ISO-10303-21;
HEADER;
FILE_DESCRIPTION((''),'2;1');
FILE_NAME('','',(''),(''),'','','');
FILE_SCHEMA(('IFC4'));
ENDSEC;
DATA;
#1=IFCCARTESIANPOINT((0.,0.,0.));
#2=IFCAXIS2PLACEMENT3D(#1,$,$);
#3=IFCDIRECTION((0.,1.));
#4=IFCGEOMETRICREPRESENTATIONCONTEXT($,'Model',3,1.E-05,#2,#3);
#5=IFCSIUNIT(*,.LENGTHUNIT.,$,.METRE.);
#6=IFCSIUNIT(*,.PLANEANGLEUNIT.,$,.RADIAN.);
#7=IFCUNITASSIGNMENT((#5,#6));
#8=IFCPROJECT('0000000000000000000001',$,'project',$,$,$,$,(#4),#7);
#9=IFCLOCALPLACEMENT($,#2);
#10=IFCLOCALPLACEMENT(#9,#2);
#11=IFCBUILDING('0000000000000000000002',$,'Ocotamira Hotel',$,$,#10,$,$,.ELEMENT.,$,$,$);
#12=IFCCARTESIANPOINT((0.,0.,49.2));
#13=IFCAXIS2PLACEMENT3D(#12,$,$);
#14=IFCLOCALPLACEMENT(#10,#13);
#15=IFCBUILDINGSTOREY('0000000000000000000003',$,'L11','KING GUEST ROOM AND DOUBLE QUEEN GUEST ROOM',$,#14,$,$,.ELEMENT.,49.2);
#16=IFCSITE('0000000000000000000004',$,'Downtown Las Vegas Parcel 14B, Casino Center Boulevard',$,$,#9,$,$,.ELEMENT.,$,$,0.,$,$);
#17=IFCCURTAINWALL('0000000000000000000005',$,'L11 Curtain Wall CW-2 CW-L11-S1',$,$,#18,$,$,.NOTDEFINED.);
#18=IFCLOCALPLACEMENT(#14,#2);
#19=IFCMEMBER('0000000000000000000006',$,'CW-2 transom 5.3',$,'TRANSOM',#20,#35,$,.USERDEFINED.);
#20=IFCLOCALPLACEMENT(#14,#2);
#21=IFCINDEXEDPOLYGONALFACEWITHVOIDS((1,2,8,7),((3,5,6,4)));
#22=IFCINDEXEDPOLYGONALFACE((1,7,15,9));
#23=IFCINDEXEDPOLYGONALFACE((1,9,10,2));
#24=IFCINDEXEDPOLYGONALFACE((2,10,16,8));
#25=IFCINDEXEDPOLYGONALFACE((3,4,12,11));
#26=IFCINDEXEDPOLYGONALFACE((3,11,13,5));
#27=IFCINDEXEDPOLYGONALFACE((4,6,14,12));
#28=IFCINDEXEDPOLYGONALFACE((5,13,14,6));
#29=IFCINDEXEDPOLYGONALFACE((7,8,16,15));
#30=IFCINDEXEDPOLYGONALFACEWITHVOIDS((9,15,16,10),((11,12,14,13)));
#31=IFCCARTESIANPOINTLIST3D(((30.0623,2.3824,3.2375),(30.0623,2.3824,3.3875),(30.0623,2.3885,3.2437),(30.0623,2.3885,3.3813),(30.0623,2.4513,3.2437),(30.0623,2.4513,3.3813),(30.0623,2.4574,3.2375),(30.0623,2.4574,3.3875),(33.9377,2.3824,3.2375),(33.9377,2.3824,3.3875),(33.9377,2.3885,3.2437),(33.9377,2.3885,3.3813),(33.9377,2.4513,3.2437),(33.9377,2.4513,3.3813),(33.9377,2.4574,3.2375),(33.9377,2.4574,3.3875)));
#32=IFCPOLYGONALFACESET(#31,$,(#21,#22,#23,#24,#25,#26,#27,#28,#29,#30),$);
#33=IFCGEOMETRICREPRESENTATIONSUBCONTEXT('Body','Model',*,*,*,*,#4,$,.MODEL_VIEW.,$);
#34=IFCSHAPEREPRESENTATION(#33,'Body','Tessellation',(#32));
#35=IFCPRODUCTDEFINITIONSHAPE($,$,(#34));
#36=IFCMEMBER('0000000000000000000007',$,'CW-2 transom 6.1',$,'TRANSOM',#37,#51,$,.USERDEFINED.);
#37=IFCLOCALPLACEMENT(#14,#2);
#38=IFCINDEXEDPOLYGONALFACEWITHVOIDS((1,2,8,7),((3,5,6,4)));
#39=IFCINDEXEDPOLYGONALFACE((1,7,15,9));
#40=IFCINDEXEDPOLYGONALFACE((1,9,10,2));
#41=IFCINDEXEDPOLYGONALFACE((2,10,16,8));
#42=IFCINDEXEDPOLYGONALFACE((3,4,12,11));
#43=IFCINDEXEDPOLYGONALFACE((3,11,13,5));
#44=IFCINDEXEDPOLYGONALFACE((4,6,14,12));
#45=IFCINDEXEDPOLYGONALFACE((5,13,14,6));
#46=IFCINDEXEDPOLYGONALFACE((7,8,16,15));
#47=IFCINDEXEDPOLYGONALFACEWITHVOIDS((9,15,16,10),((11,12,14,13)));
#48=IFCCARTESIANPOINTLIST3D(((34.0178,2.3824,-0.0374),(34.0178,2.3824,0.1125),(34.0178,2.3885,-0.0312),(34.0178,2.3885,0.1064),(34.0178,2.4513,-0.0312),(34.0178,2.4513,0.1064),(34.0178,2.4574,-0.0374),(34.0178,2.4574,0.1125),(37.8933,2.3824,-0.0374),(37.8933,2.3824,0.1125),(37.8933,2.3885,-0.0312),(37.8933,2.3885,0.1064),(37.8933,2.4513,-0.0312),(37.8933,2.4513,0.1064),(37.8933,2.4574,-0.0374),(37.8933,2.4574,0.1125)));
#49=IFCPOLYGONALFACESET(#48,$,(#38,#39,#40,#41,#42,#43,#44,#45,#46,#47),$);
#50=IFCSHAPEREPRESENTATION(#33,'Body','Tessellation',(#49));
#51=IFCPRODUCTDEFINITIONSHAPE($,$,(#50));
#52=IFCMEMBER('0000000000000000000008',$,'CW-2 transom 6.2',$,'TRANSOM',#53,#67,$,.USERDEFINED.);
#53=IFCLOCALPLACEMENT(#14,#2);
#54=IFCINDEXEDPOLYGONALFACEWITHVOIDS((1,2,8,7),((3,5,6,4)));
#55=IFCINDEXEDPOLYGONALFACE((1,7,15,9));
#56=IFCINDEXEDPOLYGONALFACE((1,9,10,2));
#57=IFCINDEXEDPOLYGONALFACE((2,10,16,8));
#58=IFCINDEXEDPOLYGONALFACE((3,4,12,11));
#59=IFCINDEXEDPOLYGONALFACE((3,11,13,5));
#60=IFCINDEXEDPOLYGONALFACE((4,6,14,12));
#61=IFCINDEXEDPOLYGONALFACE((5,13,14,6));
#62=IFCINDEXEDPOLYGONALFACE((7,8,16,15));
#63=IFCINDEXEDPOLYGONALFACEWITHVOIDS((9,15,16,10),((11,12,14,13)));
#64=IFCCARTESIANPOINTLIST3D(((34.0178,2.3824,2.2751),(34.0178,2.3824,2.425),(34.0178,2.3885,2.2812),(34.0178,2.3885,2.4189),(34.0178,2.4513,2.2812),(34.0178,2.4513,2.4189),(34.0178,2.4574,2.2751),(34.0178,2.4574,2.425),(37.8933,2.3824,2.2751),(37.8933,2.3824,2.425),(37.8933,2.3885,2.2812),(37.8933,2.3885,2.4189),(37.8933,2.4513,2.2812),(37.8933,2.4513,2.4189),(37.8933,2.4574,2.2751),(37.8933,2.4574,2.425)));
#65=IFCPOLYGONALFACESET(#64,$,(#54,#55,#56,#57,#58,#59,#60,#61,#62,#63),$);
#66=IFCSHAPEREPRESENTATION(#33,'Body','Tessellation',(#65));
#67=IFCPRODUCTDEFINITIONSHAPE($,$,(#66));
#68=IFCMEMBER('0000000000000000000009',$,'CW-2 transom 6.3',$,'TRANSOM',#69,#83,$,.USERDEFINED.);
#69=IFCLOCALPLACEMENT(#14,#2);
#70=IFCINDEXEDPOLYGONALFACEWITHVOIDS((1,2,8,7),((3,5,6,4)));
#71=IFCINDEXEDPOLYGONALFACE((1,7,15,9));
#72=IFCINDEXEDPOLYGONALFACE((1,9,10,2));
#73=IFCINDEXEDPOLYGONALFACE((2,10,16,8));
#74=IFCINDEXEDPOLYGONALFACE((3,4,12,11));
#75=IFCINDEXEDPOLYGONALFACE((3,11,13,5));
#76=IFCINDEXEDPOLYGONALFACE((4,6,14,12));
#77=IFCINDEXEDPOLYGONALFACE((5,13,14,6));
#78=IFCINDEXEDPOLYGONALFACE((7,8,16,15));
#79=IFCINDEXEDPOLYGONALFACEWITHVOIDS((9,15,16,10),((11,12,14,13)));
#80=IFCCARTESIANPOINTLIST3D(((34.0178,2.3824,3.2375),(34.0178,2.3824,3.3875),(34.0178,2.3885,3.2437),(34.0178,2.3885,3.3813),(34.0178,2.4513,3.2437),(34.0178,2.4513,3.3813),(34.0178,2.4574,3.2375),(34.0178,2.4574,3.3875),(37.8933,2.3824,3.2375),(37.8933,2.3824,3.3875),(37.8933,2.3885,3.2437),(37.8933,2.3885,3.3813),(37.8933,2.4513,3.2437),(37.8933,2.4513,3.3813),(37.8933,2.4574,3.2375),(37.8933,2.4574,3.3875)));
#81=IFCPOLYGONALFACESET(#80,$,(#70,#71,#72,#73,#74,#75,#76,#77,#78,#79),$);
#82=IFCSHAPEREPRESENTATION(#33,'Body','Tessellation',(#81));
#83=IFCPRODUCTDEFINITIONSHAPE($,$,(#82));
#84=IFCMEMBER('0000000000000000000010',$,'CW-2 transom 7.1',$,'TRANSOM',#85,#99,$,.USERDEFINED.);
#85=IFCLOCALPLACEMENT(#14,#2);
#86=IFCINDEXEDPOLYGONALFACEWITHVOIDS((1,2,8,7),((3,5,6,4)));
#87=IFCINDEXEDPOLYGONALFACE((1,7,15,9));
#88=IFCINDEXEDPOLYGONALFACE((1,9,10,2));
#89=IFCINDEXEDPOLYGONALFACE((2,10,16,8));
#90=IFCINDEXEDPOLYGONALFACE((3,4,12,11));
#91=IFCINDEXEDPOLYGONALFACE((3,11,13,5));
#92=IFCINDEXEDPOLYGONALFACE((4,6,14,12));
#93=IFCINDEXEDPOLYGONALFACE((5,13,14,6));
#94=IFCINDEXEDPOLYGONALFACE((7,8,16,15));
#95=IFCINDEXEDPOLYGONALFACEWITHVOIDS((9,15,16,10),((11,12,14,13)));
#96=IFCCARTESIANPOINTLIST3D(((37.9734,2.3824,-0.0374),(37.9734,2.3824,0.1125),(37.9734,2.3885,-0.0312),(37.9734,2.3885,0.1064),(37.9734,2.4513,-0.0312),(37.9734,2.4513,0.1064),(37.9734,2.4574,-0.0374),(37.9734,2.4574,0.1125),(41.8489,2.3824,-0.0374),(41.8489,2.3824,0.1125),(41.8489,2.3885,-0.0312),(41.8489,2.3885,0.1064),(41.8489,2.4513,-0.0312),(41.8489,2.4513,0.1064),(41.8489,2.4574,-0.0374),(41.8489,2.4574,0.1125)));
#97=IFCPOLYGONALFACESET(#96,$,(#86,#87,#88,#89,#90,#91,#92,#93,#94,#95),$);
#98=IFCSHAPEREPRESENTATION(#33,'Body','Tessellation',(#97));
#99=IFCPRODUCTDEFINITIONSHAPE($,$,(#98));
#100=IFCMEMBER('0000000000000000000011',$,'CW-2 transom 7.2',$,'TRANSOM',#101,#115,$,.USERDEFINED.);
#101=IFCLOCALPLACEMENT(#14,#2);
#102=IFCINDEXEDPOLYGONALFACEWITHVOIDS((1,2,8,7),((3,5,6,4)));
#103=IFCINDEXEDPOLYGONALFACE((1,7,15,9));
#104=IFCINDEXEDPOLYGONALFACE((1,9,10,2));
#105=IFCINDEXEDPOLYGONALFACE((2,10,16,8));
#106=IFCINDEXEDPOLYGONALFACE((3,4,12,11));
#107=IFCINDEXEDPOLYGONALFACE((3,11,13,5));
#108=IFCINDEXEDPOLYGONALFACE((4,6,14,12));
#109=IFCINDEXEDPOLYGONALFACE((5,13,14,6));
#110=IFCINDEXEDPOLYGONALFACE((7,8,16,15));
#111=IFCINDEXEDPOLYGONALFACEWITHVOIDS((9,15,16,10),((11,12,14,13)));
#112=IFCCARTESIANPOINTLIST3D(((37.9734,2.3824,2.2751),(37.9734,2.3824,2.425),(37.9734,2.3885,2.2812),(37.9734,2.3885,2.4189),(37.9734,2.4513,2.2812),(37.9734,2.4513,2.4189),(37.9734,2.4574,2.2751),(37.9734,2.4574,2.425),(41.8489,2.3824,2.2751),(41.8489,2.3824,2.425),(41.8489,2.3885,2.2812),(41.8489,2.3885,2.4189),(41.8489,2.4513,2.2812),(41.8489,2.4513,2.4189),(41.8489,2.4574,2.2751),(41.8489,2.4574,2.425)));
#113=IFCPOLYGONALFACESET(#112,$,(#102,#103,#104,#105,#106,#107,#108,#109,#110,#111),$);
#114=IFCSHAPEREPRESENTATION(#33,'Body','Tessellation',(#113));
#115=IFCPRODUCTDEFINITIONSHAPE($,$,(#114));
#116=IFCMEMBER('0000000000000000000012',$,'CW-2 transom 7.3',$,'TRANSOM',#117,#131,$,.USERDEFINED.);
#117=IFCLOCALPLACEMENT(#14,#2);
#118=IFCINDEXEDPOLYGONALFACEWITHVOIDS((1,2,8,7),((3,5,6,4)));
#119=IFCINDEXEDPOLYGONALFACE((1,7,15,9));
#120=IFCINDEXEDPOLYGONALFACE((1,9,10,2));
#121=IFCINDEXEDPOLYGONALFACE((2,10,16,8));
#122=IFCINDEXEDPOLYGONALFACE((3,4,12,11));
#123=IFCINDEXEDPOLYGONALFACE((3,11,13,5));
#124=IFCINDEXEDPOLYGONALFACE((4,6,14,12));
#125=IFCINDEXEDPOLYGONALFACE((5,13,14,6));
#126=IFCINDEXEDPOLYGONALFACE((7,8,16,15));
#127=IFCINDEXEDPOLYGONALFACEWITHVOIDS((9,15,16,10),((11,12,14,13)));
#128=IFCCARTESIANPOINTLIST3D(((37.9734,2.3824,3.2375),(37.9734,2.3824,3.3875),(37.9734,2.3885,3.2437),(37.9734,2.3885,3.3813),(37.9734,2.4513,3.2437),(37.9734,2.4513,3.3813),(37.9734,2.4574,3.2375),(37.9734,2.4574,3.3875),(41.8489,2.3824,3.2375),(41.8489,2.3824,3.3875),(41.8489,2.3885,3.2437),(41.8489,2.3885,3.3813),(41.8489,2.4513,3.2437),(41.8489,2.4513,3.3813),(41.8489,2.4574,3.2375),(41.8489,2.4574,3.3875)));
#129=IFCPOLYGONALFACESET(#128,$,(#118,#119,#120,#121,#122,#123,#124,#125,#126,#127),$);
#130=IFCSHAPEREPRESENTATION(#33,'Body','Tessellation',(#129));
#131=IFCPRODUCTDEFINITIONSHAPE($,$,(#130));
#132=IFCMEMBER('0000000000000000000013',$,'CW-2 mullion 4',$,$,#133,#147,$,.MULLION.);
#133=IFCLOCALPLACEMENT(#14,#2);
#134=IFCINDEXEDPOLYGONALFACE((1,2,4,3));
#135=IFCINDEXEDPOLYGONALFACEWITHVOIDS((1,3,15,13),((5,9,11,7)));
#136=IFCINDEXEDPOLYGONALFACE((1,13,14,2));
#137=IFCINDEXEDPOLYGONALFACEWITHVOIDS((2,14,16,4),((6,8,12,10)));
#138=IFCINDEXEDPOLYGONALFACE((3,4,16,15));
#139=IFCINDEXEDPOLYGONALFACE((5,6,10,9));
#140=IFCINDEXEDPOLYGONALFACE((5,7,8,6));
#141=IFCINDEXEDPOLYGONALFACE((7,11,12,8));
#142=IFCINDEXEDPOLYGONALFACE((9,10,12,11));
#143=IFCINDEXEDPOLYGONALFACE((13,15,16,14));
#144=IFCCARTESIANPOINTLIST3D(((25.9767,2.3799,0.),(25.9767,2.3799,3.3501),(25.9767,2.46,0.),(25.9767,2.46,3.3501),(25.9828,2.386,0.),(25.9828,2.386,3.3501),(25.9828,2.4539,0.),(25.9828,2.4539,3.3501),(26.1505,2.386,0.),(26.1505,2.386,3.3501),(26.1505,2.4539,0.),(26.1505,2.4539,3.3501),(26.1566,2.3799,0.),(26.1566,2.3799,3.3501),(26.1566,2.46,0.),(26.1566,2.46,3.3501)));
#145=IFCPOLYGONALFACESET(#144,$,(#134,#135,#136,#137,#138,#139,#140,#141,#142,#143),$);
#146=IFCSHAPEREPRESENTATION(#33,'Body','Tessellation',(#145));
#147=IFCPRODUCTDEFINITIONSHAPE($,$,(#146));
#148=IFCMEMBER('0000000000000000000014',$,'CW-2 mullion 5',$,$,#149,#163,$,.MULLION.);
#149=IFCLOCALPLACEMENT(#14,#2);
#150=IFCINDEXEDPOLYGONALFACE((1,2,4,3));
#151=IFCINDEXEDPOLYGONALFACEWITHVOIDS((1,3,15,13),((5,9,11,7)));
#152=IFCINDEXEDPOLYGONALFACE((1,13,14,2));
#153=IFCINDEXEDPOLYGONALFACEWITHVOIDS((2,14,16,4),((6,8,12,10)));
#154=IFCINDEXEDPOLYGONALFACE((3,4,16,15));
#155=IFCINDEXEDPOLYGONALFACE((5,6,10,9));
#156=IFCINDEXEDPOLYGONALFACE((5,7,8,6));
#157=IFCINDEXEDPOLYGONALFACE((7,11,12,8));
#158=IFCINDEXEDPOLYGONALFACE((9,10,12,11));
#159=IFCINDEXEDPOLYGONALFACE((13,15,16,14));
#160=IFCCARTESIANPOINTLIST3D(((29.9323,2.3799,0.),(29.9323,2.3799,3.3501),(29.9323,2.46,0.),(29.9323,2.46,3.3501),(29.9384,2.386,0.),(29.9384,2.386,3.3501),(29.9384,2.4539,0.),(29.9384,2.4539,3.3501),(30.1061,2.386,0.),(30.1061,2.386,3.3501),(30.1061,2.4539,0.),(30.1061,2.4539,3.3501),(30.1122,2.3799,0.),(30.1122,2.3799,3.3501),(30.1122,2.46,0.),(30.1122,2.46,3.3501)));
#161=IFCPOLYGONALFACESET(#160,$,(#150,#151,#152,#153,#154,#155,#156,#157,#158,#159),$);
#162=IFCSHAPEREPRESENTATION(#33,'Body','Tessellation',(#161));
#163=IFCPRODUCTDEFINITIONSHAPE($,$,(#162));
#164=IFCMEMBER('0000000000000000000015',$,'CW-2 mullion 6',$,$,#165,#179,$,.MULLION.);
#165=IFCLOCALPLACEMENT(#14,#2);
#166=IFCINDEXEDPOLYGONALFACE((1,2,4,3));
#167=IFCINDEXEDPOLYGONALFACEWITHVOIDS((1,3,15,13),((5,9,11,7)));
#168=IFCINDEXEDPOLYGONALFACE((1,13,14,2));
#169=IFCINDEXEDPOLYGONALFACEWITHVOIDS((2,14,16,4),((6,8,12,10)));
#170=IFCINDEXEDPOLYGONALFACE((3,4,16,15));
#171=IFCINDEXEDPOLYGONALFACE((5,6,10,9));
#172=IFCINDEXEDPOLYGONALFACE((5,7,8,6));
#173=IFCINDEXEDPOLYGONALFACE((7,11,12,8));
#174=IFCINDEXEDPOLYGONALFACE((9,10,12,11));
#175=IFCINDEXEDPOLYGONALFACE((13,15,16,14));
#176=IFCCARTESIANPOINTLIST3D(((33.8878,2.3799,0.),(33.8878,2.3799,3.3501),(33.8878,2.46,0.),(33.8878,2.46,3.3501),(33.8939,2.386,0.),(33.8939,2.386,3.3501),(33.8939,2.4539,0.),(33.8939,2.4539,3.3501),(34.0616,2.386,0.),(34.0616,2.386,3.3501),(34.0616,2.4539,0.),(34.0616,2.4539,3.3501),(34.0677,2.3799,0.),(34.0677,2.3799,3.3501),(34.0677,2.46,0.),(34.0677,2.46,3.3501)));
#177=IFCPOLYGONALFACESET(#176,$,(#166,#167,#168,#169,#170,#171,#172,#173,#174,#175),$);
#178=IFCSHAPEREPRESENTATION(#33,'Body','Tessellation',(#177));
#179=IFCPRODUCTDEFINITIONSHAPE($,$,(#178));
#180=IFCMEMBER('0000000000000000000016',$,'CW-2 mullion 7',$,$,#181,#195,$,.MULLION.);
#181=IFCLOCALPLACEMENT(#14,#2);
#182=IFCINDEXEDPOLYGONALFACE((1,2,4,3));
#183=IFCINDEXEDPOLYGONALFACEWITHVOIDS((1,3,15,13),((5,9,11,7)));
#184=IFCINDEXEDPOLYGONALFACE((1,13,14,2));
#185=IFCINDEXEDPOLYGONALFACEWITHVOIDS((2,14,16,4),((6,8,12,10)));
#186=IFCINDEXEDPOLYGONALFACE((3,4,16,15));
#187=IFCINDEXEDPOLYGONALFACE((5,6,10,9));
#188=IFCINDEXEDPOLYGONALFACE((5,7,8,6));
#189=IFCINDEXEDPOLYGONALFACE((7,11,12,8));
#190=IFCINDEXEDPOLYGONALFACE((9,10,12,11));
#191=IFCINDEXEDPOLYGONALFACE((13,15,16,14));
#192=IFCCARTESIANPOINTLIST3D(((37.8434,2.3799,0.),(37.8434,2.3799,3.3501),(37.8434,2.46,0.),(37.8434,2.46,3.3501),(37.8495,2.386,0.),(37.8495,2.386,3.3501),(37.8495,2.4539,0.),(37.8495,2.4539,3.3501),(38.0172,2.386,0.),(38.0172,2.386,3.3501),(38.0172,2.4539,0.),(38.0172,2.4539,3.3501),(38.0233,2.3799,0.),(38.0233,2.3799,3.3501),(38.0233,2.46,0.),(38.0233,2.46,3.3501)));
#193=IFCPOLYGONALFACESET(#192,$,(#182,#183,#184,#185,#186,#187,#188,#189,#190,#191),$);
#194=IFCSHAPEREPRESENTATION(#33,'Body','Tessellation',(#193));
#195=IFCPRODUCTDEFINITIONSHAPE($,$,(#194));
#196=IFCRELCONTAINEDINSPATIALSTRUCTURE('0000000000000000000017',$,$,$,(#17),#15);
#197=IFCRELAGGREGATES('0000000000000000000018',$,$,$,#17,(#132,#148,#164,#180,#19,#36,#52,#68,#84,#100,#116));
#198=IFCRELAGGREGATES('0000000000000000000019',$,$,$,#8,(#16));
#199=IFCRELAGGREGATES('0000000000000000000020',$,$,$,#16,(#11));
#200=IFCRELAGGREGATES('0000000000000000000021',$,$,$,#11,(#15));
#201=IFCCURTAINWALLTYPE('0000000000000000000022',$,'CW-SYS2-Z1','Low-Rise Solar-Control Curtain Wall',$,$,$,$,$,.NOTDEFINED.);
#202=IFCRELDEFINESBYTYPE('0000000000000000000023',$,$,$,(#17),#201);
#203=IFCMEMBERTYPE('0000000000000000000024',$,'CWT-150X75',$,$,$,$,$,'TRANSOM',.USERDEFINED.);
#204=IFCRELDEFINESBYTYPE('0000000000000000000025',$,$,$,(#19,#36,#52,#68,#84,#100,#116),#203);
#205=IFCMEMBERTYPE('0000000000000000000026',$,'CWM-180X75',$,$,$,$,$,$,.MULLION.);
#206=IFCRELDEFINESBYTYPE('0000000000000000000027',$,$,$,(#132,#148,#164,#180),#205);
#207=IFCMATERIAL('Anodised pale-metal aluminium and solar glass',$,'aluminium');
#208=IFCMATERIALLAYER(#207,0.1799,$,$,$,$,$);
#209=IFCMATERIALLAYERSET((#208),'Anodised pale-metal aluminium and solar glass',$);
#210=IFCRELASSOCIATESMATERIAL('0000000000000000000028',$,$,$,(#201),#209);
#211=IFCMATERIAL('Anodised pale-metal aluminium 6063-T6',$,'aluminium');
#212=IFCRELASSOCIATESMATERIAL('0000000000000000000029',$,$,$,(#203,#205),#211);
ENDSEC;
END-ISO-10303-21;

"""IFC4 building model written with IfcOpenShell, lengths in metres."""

from ifc_helpers import new_model, si_unit, direction, frame, origin, origin_2d, place, context, subcontext, project, spatial, hollow_rectangle, extrude, source, transform, mapped, material, layer, layer_set, material_profile, profile_set, type_object, element, aggregate, save


model = new_model("IFC4")

# Units and contexts
model_context = context("Model", 3, precision=1e-05, world=origin(), true_north=direction((0.0, 1.0)))
body_context = subcontext(model_context, "Body", "Model", "MODEL_VIEW")
ifc_project = project(units=[si_unit("LENGTHUNIT", "METRE"), si_unit("PLANEANGLEUNIT", "RADIAN")], contexts=[model_context])

# Site, building, storey
site_placement = place(None, origin())
site = spatial("IfcSite", under=ifc_project, at=site_placement, Name="Downtown Las Vegas Parcel 14B, Casino Center Boulevard", CompositionType="ELEMENT", RefElevation=0.0)
building_placement = place(site_placement, origin())
building = spatial("IfcBuilding", under=site, at=building_placement, Name="Ocotamira Hotel", CompositionType="ELEMENT")
storey_placement = place(building_placement, frame((0.0, 0.0, 49.2)))
storey = spatial("IfcBuildingStorey", under=building, at=storey_placement, Name="L11", Description="KING GUEST ROOM AND DOUBLE QUEEN GUEST ROOM", CompositionType="ELEMENT", Elevation=49.2)

# Curtain wall, members
ifc_material_1 = material(Name="Anodised pale-metal aluminium and solar glass", Category="aluminium")
ifc_layer_1 = layer(ifc_material_1, 0.1799)
ifc_layer_set_1 = layer_set([ifc_layer_1], Name="Anodised pale-metal aluminium and solar glass")
curtain_wall_type = type_object("IfcCurtainWallType", Name="CW-SYS2-Z1", Description="Low-Rise Solar-Control Curtain Wall", PredefinedType="NOTDEFINED", material=ifc_layer_set_1)
curtain_wall_placement = place(storey_placement, origin())
curtain_wall = element("IfcCurtainWall", 1, at=curtain_wall_placement, inside=storey, type_object=curtain_wall_type, Name="L11 Curtain Wall CW-2 CW-L11-S1", PredefinedType="NOTDEFINED")
ifc_material_2 = material(Name="Anodised pale-metal aluminium 6063-T6", Category="aluminium")
ifc_material_profile_1 = material_profile(ifc_material_2, hollow_rectangle(XDim=0.075, YDim=0.1499, WallThickness=0.0061, at=origin_2d()), Name="HSS150X75X6")
ifc_profile_set_1 = profile_set([ifc_material_profile_1], Name="Anodised pale-metal aluminium 6063-T6")
member_type_1 = type_object("IfcMemberType", Name="CWT-150X75", ElementType="TRANSOM", PredefinedType="USERDEFINED", material=ifc_profile_set_1)
shared_shape_1 = source(origin(), body_context, "Body", "SweptSolid", [
    extrude(hollow_rectangle(XDim=0.075, YDim=0.1499, WallThickness=0.0061, at=origin_2d()), origin(), (0.0, 0.0, 1.0), 3.8755),
])
member_1_placement = place(storey_placement, frame((30.0623, 2.4199, 3.3125), z_axis=(1.0, 0.0, 0.0), x_axis=(0.0, 1.0, 0.0)))
member_1 = element("IfcMember", 2, at=member_1_placement, type_object=member_type_1, Name="CW-2 transom 5.3", ObjectType="TRANSOM", PredefinedType="USERDEFINED", context=body_context, shape_type="MappedRepresentation", body=[
    mapped(shared_shape_1, transform((0.0, 0.0, 0.0), scale=1.0)),
])
member_2_placement = place(storey_placement, frame((34.0178, 2.4199, 0.0376), z_axis=(1.0, 0.0, 0.0), x_axis=(0.0, 1.0, 0.0)))
member_2 = element("IfcMember", 3, at=member_2_placement, type_object=member_type_1, Name="CW-2 transom 6.1", ObjectType="TRANSOM", PredefinedType="USERDEFINED", context=body_context, shape_type="MappedRepresentation", body=[
    mapped(shared_shape_1, transform((0.0, 0.0, 0.0), scale=1.0)),
])
member_3_placement = place(storey_placement, frame((34.0178, 2.4199, 2.3501), z_axis=(1.0, 0.0, 0.0), x_axis=(0.0, 1.0, 0.0)))
member_3 = element("IfcMember", 4, at=member_3_placement, type_object=member_type_1, Name="CW-2 transom 6.2", ObjectType="TRANSOM", PredefinedType="USERDEFINED", context=body_context, shape_type="MappedRepresentation", body=[
    mapped(shared_shape_1, transform((0.0, 0.0, 0.0), scale=1.0)),
])
member_4_placement = place(storey_placement, frame((34.0178, 2.4199, 3.3125), z_axis=(1.0, 0.0, 0.0), x_axis=(0.0, 1.0, 0.0)))
member_4 = element("IfcMember", 5, at=member_4_placement, type_object=member_type_1, Name="CW-2 transom 6.3", ObjectType="TRANSOM", PredefinedType="USERDEFINED", context=body_context, shape_type="MappedRepresentation", body=[
    mapped(shared_shape_1, transform((0.0, 0.0, 0.0), scale=1.0)),
])
member_5_placement = place(storey_placement, frame((37.9734, 2.4199, 0.0376), z_axis=(1.0, 0.0, 0.0), x_axis=(0.0, 1.0, 0.0)))
member_5 = element("IfcMember", 6, at=member_5_placement, type_object=member_type_1, Name="CW-2 transom 7.1", ObjectType="TRANSOM", PredefinedType="USERDEFINED", context=body_context, shape_type="MappedRepresentation", body=[
    mapped(shared_shape_1, transform((0.0, 0.0, 0.0), scale=1.0)),
])
member_6_placement = place(storey_placement, frame((37.9734, 2.4199, 2.3501), z_axis=(1.0, 0.0, 0.0), x_axis=(0.0, 1.0, 0.0)))
member_6 = element("IfcMember", 7, at=member_6_placement, type_object=member_type_1, Name="CW-2 transom 7.2", ObjectType="TRANSOM", PredefinedType="USERDEFINED", context=body_context, shape_type="MappedRepresentation", body=[
    mapped(shared_shape_1, transform((0.0, 0.0, 0.0), scale=1.0)),
])
member_7_placement = place(storey_placement, frame((37.9734, 2.4199, 3.3125), z_axis=(1.0, 0.0, 0.0), x_axis=(0.0, 1.0, 0.0)))
member_7 = element("IfcMember", 8, at=member_7_placement, type_object=member_type_1, Name="CW-2 transom 7.3", ObjectType="TRANSOM", PredefinedType="USERDEFINED", context=body_context, shape_type="MappedRepresentation", body=[
    mapped(shared_shape_1, transform((0.0, 0.0, 0.0), scale=1.0)),
])
ifc_material_profile_2 = material_profile(ifc_material_2, hollow_rectangle(XDim=0.0801, YDim=0.1799, WallThickness=0.0061, at=origin_2d()), Name="HSS180X80X6")
ifc_profile_set_2 = profile_set([ifc_material_profile_2], Name="Anodised pale-metal aluminium 6063-T6")
member_type_2 = type_object("IfcMemberType", Name="CWM-180X75", PredefinedType="MULLION", material=ifc_profile_set_2)
shared_shape_2 = source(origin(), body_context, "Body", "SweptSolid", [
    extrude(hollow_rectangle(XDim=0.0801, YDim=0.1799, WallThickness=0.0061, at=origin_2d()), origin(), (0.0, 0.0, 1.0), 3.3501),
])
member_8_placement = place(storey_placement, frame((26.0667, 2.4199, 0.0), z_axis=(0.0, 0.0, 1.0), x_axis=(0.0, 1.0, 0.0)))
member_8 = element("IfcMember", 9, at=member_8_placement, type_object=member_type_2, Name="CW-2 mullion 4", PredefinedType="MULLION", context=body_context, shape_type="MappedRepresentation", body=[
    mapped(shared_shape_2, transform((0.0, 0.0, 0.0), scale=1.0)),
])
member_9_placement = place(storey_placement, frame((30.0222, 2.4199, 0.0), z_axis=(0.0, 0.0, 1.0), x_axis=(0.0, 1.0, 0.0)))
member_9 = element("IfcMember", 10, at=member_9_placement, type_object=member_type_2, Name="CW-2 mullion 5", PredefinedType="MULLION", context=body_context, shape_type="MappedRepresentation", body=[
    mapped(shared_shape_2, transform((0.0, 0.0, 0.0), scale=1.0)),
])
member_10_placement = place(storey_placement, frame((33.9778, 2.4199, 0.0), z_axis=(0.0, 0.0, 1.0), x_axis=(0.0, 1.0, 0.0)))
member_10 = element("IfcMember", 11, at=member_10_placement, type_object=member_type_2, Name="CW-2 mullion 6", PredefinedType="MULLION", context=body_context, shape_type="MappedRepresentation", body=[
    mapped(shared_shape_2, transform((0.0, 0.0, 0.0), scale=1.0)),
])
member_11_placement = place(storey_placement, frame((37.9333, 2.4199, 0.0), z_axis=(0.0, 0.0, 1.0), x_axis=(0.0, 1.0, 0.0)))
member_11 = element("IfcMember", 12, at=member_11_placement, type_object=member_type_2, Name="CW-2 mullion 7", PredefinedType="MULLION", context=body_context, shape_type="MappedRepresentation", body=[
    mapped(shared_shape_2, transform((0.0, 0.0, 0.0), scale=1.0)),
])

aggregate(curtain_wall, [member_8, member_9, member_10, member_11, member_1, member_2, member_3, member_4, member_5, member_6, member_7])

save(model, "model.ifc")
